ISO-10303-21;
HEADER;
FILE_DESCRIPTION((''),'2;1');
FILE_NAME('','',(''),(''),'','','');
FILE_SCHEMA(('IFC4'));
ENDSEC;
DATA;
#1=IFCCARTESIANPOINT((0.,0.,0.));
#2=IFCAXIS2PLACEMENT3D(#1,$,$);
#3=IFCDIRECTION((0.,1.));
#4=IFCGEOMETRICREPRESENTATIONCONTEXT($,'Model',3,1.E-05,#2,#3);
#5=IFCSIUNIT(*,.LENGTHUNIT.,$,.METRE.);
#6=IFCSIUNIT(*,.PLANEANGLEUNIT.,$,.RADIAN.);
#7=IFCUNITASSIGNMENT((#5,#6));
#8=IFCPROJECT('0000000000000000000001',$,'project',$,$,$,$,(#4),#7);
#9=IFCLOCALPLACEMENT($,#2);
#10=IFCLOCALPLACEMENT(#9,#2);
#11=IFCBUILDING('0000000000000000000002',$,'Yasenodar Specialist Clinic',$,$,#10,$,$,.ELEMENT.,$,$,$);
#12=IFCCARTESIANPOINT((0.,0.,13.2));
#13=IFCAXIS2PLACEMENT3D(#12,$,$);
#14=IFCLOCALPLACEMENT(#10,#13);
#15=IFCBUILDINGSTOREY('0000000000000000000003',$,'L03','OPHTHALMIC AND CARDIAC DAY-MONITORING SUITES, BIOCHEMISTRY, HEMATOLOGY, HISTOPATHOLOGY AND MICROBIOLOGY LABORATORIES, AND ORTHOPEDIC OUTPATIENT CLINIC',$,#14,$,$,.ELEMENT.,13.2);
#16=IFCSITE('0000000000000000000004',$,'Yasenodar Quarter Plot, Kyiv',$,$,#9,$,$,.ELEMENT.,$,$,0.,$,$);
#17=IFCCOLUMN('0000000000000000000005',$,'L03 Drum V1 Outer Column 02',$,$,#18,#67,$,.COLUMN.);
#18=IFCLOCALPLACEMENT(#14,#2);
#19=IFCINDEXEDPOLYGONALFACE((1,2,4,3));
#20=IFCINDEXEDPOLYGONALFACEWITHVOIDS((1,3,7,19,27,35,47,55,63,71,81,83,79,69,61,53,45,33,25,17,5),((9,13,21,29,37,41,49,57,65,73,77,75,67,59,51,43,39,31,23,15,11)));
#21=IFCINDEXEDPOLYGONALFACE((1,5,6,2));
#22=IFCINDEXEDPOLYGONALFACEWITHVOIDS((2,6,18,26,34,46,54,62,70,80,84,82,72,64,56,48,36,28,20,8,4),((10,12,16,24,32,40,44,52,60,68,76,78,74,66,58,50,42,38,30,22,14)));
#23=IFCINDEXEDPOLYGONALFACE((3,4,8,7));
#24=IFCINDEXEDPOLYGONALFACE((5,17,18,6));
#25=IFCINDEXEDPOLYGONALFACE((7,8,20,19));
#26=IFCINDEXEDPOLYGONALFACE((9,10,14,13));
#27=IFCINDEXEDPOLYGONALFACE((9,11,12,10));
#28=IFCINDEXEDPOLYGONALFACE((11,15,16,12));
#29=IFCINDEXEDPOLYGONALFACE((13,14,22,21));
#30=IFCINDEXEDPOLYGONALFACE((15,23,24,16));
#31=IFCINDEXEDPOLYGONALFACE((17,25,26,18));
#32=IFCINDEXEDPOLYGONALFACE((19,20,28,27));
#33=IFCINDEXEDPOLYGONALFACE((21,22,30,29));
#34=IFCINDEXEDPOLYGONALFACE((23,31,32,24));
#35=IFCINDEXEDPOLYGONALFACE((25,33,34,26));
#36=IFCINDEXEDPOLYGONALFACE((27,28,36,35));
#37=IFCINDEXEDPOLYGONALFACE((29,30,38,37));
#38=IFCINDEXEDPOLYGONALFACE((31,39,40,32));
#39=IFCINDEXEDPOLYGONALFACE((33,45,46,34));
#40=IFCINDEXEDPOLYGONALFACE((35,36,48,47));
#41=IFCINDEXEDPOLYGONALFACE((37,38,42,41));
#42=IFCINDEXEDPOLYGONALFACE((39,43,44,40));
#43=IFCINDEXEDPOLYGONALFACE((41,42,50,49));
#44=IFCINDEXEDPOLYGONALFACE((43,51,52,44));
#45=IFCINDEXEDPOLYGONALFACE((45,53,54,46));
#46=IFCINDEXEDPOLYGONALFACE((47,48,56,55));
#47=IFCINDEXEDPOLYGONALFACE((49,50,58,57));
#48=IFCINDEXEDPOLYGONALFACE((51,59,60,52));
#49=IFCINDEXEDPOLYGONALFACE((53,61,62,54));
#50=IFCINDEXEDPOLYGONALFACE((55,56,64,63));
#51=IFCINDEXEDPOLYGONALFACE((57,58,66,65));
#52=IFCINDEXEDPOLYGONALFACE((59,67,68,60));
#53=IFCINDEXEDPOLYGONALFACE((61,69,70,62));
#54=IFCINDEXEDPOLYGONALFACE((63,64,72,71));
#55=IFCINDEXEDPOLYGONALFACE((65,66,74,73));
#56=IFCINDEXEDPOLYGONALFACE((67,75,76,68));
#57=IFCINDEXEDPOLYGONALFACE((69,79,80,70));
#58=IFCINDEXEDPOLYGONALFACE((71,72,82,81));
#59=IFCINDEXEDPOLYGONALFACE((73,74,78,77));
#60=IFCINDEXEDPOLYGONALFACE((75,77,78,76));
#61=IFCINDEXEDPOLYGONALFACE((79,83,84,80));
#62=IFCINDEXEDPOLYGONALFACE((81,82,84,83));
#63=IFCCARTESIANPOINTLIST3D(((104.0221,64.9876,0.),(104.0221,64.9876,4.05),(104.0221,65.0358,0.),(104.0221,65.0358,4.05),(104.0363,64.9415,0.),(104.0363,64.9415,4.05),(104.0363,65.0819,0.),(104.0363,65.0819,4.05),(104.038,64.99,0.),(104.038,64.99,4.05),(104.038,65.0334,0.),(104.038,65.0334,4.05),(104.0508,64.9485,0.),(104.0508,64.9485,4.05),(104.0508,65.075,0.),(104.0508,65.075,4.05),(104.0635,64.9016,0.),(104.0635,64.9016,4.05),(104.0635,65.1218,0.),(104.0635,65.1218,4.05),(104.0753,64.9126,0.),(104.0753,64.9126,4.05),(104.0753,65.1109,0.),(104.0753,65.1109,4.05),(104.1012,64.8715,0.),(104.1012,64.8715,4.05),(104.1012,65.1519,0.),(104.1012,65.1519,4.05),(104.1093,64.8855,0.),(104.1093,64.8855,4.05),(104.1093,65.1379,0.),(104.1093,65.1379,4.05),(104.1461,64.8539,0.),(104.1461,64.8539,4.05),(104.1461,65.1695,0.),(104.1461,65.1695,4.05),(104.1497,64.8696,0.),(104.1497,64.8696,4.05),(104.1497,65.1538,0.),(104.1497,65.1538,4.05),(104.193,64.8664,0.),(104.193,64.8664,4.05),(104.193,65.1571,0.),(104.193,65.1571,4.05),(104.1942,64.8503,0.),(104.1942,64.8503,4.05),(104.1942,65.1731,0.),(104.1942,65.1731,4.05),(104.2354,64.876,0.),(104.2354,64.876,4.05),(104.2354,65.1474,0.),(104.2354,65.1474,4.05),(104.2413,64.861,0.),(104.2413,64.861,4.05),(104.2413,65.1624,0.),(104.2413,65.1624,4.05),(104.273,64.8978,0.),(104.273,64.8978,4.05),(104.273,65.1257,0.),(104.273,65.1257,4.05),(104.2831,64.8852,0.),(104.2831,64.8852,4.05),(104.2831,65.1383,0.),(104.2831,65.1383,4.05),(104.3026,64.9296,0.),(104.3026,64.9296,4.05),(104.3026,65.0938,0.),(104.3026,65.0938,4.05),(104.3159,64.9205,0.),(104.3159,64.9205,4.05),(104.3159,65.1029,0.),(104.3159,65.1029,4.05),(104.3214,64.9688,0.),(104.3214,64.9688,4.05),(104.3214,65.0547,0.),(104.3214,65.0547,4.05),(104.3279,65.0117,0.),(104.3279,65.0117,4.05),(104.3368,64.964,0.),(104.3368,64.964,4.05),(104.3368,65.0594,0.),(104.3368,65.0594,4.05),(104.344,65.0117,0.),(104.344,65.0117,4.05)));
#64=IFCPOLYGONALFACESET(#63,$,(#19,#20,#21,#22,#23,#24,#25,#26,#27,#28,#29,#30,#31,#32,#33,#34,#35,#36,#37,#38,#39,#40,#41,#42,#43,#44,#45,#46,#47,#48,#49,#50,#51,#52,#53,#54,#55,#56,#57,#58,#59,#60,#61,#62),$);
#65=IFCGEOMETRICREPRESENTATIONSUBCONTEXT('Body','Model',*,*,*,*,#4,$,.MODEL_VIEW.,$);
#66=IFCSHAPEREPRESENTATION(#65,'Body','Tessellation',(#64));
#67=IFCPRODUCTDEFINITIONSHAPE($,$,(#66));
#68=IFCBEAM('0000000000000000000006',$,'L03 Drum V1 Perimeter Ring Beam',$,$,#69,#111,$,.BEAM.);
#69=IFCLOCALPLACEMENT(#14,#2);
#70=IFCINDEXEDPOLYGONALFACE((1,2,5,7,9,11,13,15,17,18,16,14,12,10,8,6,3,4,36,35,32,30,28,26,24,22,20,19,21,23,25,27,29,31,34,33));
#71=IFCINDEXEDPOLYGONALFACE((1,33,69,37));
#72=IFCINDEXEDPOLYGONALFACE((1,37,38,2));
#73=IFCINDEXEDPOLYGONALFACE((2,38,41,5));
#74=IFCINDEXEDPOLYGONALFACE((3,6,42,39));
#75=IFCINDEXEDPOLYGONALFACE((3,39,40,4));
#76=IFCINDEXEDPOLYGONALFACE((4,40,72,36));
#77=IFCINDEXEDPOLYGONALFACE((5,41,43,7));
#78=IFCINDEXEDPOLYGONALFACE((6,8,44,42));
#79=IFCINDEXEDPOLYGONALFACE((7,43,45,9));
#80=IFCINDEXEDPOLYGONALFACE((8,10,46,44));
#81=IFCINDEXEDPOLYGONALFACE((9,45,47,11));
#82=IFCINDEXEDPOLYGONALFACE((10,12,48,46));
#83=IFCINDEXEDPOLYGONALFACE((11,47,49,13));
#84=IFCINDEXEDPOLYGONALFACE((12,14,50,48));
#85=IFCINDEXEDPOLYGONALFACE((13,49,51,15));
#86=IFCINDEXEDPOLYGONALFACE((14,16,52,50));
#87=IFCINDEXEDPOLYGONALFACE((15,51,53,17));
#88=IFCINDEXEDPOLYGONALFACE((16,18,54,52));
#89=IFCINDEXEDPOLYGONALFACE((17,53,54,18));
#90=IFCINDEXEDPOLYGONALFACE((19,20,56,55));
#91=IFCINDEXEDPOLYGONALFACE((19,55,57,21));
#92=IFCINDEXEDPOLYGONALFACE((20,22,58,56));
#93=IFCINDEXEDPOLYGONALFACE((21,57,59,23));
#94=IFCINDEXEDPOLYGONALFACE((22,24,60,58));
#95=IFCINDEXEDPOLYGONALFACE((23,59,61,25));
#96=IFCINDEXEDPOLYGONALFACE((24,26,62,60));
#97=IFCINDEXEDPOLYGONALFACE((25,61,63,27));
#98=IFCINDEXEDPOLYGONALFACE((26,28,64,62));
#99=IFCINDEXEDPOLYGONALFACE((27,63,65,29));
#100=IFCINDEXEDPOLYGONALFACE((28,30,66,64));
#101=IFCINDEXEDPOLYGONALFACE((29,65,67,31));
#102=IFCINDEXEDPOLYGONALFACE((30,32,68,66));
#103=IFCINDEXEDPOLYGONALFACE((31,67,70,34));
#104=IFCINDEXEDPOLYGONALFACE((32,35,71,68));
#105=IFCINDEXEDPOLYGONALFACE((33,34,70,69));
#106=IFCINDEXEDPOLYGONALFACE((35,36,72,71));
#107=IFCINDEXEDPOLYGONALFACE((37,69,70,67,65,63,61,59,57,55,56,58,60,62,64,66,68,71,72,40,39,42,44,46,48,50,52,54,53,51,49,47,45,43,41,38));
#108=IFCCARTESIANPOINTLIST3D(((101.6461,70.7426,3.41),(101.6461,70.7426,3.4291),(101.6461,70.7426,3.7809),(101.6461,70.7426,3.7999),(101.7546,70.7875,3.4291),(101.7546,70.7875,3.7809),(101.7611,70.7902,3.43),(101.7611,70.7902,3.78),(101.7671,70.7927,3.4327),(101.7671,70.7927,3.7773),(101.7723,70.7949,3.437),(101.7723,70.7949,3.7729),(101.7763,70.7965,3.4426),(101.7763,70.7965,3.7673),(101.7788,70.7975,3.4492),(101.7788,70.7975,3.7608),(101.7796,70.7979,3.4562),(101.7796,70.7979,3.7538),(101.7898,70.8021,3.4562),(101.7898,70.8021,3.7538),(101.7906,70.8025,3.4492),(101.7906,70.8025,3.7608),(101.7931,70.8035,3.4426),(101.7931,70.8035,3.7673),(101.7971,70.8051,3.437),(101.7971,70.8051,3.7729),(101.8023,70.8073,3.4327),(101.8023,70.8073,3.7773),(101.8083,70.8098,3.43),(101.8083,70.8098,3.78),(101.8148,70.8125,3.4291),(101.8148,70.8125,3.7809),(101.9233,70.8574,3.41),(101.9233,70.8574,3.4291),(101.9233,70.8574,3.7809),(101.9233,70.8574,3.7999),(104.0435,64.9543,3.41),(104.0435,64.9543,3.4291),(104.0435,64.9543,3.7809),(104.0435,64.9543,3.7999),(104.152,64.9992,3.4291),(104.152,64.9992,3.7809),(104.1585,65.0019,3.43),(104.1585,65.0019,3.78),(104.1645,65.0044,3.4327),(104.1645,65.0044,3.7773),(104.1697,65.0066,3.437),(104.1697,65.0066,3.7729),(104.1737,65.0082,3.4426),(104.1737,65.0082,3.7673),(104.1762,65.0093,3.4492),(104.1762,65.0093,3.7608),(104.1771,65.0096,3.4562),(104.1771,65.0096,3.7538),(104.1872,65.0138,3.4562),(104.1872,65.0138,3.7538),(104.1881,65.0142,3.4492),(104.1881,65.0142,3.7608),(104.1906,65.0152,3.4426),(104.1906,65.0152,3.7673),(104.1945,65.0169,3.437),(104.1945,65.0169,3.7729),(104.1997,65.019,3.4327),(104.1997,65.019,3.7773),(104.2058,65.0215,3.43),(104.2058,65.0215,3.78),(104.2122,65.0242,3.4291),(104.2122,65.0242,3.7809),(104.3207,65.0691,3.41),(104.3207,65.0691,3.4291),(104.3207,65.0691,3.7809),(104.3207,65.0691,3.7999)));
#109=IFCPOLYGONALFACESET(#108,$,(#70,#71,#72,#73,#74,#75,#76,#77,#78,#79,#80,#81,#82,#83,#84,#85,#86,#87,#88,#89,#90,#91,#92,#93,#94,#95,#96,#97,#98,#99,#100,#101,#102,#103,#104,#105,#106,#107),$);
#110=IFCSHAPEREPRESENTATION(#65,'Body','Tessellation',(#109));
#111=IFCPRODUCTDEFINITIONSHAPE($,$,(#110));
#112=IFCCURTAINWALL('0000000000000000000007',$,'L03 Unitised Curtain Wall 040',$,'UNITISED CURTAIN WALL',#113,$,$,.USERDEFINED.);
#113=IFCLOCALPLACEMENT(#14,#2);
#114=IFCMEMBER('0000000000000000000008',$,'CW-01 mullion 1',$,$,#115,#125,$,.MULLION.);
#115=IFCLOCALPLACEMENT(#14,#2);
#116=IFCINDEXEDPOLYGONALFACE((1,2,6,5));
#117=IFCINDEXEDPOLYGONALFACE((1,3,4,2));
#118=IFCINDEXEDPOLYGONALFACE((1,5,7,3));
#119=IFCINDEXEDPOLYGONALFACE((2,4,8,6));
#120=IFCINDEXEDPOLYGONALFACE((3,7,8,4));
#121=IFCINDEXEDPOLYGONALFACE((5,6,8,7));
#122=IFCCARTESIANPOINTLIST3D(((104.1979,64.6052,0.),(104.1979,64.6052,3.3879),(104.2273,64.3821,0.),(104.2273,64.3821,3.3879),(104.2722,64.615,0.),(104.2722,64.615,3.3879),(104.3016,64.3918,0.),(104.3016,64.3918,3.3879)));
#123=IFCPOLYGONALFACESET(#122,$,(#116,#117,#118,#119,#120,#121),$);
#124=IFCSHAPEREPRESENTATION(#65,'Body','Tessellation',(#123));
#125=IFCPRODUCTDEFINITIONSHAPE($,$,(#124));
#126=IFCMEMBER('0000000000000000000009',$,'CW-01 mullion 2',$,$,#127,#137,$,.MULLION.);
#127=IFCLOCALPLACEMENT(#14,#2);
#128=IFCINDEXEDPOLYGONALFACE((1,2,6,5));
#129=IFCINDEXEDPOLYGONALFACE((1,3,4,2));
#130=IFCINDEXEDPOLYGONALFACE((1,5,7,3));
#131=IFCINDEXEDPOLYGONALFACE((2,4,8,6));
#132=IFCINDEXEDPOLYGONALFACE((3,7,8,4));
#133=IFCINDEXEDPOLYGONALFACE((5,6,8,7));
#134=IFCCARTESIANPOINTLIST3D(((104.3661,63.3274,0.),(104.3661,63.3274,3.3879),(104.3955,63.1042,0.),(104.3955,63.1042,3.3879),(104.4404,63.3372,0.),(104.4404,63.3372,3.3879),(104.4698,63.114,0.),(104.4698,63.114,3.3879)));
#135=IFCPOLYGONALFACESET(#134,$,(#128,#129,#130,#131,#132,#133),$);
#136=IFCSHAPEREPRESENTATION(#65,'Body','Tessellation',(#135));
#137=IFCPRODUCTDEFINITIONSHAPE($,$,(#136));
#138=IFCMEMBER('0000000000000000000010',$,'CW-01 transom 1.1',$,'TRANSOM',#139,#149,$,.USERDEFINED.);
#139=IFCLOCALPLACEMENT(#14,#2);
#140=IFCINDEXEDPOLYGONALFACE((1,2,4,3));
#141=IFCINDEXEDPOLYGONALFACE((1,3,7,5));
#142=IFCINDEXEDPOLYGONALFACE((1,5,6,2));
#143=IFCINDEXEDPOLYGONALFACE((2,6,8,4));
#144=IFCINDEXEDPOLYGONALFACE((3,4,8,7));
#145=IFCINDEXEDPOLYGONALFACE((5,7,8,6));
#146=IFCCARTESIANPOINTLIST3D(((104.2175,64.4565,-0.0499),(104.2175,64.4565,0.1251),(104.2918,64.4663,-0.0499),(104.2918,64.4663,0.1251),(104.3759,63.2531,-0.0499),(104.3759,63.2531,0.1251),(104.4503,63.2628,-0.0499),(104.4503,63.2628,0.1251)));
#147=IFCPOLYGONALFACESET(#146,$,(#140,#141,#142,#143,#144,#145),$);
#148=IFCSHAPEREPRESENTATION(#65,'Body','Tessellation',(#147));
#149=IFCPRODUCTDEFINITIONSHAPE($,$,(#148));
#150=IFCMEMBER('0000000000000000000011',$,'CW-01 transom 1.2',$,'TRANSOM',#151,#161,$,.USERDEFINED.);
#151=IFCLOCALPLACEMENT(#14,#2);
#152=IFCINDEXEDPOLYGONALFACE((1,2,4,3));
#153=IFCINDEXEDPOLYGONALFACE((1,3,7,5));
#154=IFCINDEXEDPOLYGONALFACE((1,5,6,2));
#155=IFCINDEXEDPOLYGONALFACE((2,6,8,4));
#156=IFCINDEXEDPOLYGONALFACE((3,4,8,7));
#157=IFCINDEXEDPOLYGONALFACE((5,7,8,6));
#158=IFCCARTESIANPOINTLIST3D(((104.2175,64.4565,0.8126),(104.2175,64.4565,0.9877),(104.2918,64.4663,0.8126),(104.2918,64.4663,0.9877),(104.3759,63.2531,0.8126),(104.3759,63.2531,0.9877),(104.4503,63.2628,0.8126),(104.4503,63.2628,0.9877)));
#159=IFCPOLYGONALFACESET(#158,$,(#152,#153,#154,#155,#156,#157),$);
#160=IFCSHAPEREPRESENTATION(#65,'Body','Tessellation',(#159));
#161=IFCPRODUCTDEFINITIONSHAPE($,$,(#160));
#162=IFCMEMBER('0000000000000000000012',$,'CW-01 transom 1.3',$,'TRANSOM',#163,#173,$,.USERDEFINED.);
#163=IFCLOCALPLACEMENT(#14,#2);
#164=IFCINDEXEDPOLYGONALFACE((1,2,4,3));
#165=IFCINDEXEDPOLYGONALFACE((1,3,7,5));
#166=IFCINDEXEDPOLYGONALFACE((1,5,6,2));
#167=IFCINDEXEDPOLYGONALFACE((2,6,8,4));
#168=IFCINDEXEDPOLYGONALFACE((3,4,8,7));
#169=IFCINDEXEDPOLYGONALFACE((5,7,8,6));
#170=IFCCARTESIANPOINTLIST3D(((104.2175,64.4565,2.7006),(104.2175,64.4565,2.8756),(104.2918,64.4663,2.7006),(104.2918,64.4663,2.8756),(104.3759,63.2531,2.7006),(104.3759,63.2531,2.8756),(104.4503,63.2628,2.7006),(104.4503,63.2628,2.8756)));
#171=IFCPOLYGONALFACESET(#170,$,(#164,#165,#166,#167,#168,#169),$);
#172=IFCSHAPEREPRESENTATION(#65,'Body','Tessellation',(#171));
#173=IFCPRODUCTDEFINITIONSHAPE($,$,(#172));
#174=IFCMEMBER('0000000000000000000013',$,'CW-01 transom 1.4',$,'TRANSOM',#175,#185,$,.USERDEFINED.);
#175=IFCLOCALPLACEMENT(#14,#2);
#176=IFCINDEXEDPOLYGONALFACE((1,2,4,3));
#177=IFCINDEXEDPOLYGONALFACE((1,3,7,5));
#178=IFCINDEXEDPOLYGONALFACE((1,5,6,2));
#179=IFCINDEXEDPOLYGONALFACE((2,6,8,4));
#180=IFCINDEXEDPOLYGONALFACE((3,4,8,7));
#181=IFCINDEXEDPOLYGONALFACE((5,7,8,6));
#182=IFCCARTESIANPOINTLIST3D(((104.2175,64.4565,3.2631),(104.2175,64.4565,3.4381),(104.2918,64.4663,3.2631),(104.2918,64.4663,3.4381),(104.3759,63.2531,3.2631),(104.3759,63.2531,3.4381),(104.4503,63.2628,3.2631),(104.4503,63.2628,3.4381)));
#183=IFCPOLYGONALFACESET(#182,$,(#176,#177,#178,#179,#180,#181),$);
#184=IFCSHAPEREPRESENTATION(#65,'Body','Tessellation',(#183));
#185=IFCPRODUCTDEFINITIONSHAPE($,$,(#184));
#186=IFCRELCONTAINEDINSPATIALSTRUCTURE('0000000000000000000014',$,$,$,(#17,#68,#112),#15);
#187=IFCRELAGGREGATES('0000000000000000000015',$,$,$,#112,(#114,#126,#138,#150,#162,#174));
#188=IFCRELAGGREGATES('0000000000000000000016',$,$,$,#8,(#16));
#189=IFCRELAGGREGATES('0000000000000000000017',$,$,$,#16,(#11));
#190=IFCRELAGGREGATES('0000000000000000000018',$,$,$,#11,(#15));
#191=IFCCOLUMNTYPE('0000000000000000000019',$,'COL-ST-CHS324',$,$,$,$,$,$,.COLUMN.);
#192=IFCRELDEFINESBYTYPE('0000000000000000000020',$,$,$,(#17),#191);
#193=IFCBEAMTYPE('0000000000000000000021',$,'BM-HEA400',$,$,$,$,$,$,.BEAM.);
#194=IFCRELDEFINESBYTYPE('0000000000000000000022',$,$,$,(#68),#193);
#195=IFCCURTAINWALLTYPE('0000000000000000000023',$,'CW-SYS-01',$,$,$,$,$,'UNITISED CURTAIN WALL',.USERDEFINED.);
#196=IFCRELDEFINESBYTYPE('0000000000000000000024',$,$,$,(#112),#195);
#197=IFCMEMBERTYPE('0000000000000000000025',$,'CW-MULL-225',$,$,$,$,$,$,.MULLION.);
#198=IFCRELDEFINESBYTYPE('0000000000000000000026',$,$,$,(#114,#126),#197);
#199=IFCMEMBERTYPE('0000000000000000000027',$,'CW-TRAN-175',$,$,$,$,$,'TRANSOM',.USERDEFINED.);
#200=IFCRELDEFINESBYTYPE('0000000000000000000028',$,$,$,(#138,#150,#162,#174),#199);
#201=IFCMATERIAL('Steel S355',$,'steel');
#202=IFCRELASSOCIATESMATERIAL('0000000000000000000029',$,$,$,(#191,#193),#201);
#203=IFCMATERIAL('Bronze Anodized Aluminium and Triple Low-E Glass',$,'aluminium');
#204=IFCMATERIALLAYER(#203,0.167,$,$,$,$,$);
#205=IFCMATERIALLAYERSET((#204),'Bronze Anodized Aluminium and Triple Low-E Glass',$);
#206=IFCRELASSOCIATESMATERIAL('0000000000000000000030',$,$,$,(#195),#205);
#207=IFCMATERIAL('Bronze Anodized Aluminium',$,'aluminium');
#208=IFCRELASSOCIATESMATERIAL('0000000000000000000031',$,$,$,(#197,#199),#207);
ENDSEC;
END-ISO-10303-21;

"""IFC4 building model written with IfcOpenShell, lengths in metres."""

from ifc_helpers import new_model, si_unit, direction, frame, origin, origin_2d, place, context, subcontext, project, spatial, rectangle, hollow_circle, i_section, extrude, material, layer, layer_set, material_profile, profile_set, type_object, element, aggregate, save


model = new_model("IFC4")

# Units and contexts
model_context = context("Model", 3, precision=1e-05, world=origin(), true_north=direction((0.0, 1.0)))
body_context = subcontext(model_context, "Body", "Model", "MODEL_VIEW")
ifc_project = project(units=[si_unit("LENGTHUNIT", "METRE"), si_unit("PLANEANGLEUNIT", "RADIAN")], contexts=[model_context])

# Site, building, storey
site_placement = place(None, origin())
site = spatial("IfcSite", under=ifc_project, at=site_placement, Name="Yasenodar Quarter Plot, Kyiv", CompositionType="ELEMENT", RefElevation=0.0)
building_placement = place(site_placement, origin())
building = spatial("IfcBuilding", under=site, at=building_placement, Name="Yasenodar Specialist Clinic", CompositionType="ELEMENT")
storey_placement = place(building_placement, frame((0.0, 0.0, 13.2)))
storey = spatial("IfcBuildingStorey", under=building, at=storey_placement, Name="L03", Description="OPHTHALMIC AND CARDIAC DAY-MONITORING SUITES, BIOCHEMISTRY, HEMATOLOGY, HISTOPATHOLOGY AND MICROBIOLOGY LABORATORIES, AND ORTHOPEDIC OUTPATIENT CLINIC", CompositionType="ELEMENT", Elevation=13.2)

# Column
ifc_material_1 = material(Name="Steel S355", Category="steel")
ifc_material_profile_1 = material_profile(ifc_material_1, hollow_circle(Radius=0.1619, WallThickness=0.0161, at=origin_2d()), Name="CHS 323.9x16")
ifc_profile_set_1 = profile_set([ifc_material_profile_1], Name="Steel S355")
column_type = type_object("IfcColumnType", Name="COL-ST-CHS324", PredefinedType="COLUMN", material=ifc_profile_set_1)
column_placement = place(storey_placement, frame((104.1821, 65.0117, 0.0), z_axis=(0.0, 0.0, 1.0), x_axis=(1.0, 0.0, 0.0)))
element("IfcColumn", 1, at=column_placement, inside=storey, type_object=column_type, Name="L03 Drum V1 Outer Column 02", PredefinedType="COLUMN", context=body_context, shape_type="SweptSolid", body=[
    extrude(hollow_circle(Radius=0.1619, WallThickness=0.0161, at=origin_2d()), origin(), (0.0, 0.0, 1.0), 4.05),
])

# Beam
ifc_material_profile_2 = material_profile(ifc_material_1, i_section(OverallWidth=0.3, OverallDepth=0.3899, WebThickness=0.011, FlangeThickness=0.019, FilletRadius=0.0271, at=origin_2d()), Name="HEA 400")
ifc_profile_set_2 = profile_set([ifc_material_profile_2], Name="Steel S355")
beam_type = type_object("IfcBeamType", Name="BM-HEA400", PredefinedType="BEAM", material=ifc_profile_set_2)
beam_placement = place(storey_placement, frame((104.1821, 65.0117, 3.605), z_axis=(-0.382664, 0.923888, 0.0), x_axis=(-0.923888, -0.382664, 0.0)))
element("IfcBeam", 2, at=beam_placement, inside=storey, type_object=beam_type, Name="L03 Drum V1 Perimeter Ring Beam", PredefinedType="BEAM", context=body_context, shape_type="SweptSolid", body=[
    extrude(i_section(OverallWidth=0.3, OverallDepth=0.3899, WebThickness=0.011, FlangeThickness=0.019, FilletRadius=0.0271, at=origin_2d()), origin(), (0.0, 0.0, 1.0), 6.2651),
])

# Curtain wall, members
ifc_material_2 = material(Name="Bronze Anodized Aluminium and Triple Low-E Glass", Category="aluminium")
ifc_layer_1 = layer(ifc_material_2, 0.167)
ifc_layer_set_1 = layer_set([ifc_layer_1], Name="Bronze Anodized Aluminium and Triple Low-E Glass")
curtain_wall_type = type_object("IfcCurtainWallType", Name="CW-SYS-01", ElementType="UNITISED CURTAIN WALL", PredefinedType="USERDEFINED", material=ifc_layer_set_1)
curtain_wall_placement = place(storey_placement, origin())
curtain_wall = element("IfcCurtainWall", 3, at=curtain_wall_placement, inside=storey, type_object=curtain_wall_type, Name="L03 Unitised Curtain Wall 040", ObjectType="UNITISED CURTAIN WALL", PredefinedType="USERDEFINED")
ifc_material_3 = material(Name="Bronze Anodized Aluminium", Category="aluminium")
ifc_material_profile_3 = material_profile(ifc_material_3, rectangle(XDim=0.075, YDim=0.2251, at=origin_2d()), Name="CW-MULL 75x225")
ifc_profile_set_3 = profile_set([ifc_material_profile_3], Name="Bronze Anodized Aluminium")
member_type_1 = type_object("IfcMemberType", Name="CW-MULL-225", PredefinedType="MULLION", material=ifc_profile_set_3)
member_1_placement = place(storey_placement, frame((104.2498, 64.4985, 0.0), z_axis=(0.0, 0.0, 1.0), x_axis=(0.991447, 0.130512, 0.0)))
member_1 = element("IfcMember", 4, at=member_1_placement, type_object=member_type_1, Name="CW-01 mullion 1", PredefinedType="MULLION", context=body_context, shape_type="SweptSolid", body=[
    extrude(rectangle(XDim=0.075, YDim=0.2251, at=origin_2d()), origin(), (0.0, 0.0, 1.0), 3.3879),
])
member_2_placement = place(storey_placement, frame((104.418, 63.2207, 0.0), z_axis=(0.0, 0.0, 1.0), x_axis=(0.991447, 0.130512, 0.0)))
member_2 = element("IfcMember", 5, at=member_2_placement, type_object=member_type_1, Name="CW-01 mullion 2", PredefinedType="MULLION", context=body_context, shape_type="SweptSolid", body=[
    extrude(rectangle(XDim=0.075, YDim=0.2251, at=origin_2d()), origin(), (0.0, 0.0, 1.0), 3.3879),
])
ifc_material_profile_4 = material_profile(ifc_material_3, rectangle(XDim=0.075, YDim=0.175, at=origin_2d()), Name="CW-TRAN 75x175")
ifc_profile_set_4 = profile_set([ifc_material_profile_4], Name="Bronze Anodized Aluminium")
member_type_2 = type_object("IfcMemberType", Name="CW-TRAN-175", ElementType="TRANSOM", PredefinedType="USERDEFINED", material=ifc_profile_set_4)
member_3_placement = place(storey_placement, frame((104.2546, 64.4614, 0.0376), z_axis=(0.130543, -0.991443, 0.0), x_axis=(0.991443, 0.130543, 0.0)))
member_3 = element("IfcMember", 6, at=member_3_placement, type_object=member_type_2, Name="CW-01 transom 1.1", ObjectType="TRANSOM", PredefinedType="USERDEFINED", context=body_context, shape_type="SweptSolid", body=[
    extrude(rectangle(XDim=0.075, YDim=0.175, at=origin_2d()), origin(), (0.0, 0.0, 1.0), 1.2139),
])
member_4_placement = place(storey_placement, frame((104.2546, 64.4614, 0.9001), z_axis=(0.130543, -0.991443, 0.0), x_axis=(0.991443, 0.130543, 0.0)))
member_4 = element("IfcMember", 7, at=member_4_placement, type_object=member_type_2, Name="CW-01 transom 1.2", ObjectType="TRANSOM", PredefinedType="USERDEFINED", context=body_context, shape_type="SweptSolid", body=[
    extrude(rectangle(XDim=0.075, YDim=0.175, at=origin_2d()), origin(), (0.0, 0.0, 1.0), 1.2139),
])
member_5_placement = place(storey_placement, frame((104.2546, 64.4614, 2.7881), z_axis=(0.130543, -0.991443, 0.0), x_axis=(0.991443, 0.130543, 0.0)))
member_5 = element("IfcMember", 8, at=member_5_placement, type_object=member_type_2, Name="CW-01 transom 1.3", ObjectType="TRANSOM", PredefinedType="USERDEFINED", context=body_context, shape_type="SweptSolid", body=[
    extrude(rectangle(XDim=0.075, YDim=0.175, at=origin_2d()), origin(), (0.0, 0.0, 1.0), 1.2139),
])
member_6_placement = place(storey_placement, frame((104.2546, 64.4614, 3.3506), z_axis=(0.130543, -0.991443, 0.0), x_axis=(0.991443, 0.130543, 0.0)))
member_6 = element("IfcMember", 9, at=member_6_placement, type_object=member_type_2, Name="CW-01 transom 1.4", ObjectType="TRANSOM", PredefinedType="USERDEFINED", context=body_context, shape_type="SweptSolid", body=[
    extrude(rectangle(XDim=0.075, YDim=0.175, at=origin_2d()), origin(), (0.0, 0.0, 1.0), 1.2139),
])
aggregate(curtain_wall, [member_1, member_2, member_3, member_4, member_5, member_6])

save(model, "model.ifc")
